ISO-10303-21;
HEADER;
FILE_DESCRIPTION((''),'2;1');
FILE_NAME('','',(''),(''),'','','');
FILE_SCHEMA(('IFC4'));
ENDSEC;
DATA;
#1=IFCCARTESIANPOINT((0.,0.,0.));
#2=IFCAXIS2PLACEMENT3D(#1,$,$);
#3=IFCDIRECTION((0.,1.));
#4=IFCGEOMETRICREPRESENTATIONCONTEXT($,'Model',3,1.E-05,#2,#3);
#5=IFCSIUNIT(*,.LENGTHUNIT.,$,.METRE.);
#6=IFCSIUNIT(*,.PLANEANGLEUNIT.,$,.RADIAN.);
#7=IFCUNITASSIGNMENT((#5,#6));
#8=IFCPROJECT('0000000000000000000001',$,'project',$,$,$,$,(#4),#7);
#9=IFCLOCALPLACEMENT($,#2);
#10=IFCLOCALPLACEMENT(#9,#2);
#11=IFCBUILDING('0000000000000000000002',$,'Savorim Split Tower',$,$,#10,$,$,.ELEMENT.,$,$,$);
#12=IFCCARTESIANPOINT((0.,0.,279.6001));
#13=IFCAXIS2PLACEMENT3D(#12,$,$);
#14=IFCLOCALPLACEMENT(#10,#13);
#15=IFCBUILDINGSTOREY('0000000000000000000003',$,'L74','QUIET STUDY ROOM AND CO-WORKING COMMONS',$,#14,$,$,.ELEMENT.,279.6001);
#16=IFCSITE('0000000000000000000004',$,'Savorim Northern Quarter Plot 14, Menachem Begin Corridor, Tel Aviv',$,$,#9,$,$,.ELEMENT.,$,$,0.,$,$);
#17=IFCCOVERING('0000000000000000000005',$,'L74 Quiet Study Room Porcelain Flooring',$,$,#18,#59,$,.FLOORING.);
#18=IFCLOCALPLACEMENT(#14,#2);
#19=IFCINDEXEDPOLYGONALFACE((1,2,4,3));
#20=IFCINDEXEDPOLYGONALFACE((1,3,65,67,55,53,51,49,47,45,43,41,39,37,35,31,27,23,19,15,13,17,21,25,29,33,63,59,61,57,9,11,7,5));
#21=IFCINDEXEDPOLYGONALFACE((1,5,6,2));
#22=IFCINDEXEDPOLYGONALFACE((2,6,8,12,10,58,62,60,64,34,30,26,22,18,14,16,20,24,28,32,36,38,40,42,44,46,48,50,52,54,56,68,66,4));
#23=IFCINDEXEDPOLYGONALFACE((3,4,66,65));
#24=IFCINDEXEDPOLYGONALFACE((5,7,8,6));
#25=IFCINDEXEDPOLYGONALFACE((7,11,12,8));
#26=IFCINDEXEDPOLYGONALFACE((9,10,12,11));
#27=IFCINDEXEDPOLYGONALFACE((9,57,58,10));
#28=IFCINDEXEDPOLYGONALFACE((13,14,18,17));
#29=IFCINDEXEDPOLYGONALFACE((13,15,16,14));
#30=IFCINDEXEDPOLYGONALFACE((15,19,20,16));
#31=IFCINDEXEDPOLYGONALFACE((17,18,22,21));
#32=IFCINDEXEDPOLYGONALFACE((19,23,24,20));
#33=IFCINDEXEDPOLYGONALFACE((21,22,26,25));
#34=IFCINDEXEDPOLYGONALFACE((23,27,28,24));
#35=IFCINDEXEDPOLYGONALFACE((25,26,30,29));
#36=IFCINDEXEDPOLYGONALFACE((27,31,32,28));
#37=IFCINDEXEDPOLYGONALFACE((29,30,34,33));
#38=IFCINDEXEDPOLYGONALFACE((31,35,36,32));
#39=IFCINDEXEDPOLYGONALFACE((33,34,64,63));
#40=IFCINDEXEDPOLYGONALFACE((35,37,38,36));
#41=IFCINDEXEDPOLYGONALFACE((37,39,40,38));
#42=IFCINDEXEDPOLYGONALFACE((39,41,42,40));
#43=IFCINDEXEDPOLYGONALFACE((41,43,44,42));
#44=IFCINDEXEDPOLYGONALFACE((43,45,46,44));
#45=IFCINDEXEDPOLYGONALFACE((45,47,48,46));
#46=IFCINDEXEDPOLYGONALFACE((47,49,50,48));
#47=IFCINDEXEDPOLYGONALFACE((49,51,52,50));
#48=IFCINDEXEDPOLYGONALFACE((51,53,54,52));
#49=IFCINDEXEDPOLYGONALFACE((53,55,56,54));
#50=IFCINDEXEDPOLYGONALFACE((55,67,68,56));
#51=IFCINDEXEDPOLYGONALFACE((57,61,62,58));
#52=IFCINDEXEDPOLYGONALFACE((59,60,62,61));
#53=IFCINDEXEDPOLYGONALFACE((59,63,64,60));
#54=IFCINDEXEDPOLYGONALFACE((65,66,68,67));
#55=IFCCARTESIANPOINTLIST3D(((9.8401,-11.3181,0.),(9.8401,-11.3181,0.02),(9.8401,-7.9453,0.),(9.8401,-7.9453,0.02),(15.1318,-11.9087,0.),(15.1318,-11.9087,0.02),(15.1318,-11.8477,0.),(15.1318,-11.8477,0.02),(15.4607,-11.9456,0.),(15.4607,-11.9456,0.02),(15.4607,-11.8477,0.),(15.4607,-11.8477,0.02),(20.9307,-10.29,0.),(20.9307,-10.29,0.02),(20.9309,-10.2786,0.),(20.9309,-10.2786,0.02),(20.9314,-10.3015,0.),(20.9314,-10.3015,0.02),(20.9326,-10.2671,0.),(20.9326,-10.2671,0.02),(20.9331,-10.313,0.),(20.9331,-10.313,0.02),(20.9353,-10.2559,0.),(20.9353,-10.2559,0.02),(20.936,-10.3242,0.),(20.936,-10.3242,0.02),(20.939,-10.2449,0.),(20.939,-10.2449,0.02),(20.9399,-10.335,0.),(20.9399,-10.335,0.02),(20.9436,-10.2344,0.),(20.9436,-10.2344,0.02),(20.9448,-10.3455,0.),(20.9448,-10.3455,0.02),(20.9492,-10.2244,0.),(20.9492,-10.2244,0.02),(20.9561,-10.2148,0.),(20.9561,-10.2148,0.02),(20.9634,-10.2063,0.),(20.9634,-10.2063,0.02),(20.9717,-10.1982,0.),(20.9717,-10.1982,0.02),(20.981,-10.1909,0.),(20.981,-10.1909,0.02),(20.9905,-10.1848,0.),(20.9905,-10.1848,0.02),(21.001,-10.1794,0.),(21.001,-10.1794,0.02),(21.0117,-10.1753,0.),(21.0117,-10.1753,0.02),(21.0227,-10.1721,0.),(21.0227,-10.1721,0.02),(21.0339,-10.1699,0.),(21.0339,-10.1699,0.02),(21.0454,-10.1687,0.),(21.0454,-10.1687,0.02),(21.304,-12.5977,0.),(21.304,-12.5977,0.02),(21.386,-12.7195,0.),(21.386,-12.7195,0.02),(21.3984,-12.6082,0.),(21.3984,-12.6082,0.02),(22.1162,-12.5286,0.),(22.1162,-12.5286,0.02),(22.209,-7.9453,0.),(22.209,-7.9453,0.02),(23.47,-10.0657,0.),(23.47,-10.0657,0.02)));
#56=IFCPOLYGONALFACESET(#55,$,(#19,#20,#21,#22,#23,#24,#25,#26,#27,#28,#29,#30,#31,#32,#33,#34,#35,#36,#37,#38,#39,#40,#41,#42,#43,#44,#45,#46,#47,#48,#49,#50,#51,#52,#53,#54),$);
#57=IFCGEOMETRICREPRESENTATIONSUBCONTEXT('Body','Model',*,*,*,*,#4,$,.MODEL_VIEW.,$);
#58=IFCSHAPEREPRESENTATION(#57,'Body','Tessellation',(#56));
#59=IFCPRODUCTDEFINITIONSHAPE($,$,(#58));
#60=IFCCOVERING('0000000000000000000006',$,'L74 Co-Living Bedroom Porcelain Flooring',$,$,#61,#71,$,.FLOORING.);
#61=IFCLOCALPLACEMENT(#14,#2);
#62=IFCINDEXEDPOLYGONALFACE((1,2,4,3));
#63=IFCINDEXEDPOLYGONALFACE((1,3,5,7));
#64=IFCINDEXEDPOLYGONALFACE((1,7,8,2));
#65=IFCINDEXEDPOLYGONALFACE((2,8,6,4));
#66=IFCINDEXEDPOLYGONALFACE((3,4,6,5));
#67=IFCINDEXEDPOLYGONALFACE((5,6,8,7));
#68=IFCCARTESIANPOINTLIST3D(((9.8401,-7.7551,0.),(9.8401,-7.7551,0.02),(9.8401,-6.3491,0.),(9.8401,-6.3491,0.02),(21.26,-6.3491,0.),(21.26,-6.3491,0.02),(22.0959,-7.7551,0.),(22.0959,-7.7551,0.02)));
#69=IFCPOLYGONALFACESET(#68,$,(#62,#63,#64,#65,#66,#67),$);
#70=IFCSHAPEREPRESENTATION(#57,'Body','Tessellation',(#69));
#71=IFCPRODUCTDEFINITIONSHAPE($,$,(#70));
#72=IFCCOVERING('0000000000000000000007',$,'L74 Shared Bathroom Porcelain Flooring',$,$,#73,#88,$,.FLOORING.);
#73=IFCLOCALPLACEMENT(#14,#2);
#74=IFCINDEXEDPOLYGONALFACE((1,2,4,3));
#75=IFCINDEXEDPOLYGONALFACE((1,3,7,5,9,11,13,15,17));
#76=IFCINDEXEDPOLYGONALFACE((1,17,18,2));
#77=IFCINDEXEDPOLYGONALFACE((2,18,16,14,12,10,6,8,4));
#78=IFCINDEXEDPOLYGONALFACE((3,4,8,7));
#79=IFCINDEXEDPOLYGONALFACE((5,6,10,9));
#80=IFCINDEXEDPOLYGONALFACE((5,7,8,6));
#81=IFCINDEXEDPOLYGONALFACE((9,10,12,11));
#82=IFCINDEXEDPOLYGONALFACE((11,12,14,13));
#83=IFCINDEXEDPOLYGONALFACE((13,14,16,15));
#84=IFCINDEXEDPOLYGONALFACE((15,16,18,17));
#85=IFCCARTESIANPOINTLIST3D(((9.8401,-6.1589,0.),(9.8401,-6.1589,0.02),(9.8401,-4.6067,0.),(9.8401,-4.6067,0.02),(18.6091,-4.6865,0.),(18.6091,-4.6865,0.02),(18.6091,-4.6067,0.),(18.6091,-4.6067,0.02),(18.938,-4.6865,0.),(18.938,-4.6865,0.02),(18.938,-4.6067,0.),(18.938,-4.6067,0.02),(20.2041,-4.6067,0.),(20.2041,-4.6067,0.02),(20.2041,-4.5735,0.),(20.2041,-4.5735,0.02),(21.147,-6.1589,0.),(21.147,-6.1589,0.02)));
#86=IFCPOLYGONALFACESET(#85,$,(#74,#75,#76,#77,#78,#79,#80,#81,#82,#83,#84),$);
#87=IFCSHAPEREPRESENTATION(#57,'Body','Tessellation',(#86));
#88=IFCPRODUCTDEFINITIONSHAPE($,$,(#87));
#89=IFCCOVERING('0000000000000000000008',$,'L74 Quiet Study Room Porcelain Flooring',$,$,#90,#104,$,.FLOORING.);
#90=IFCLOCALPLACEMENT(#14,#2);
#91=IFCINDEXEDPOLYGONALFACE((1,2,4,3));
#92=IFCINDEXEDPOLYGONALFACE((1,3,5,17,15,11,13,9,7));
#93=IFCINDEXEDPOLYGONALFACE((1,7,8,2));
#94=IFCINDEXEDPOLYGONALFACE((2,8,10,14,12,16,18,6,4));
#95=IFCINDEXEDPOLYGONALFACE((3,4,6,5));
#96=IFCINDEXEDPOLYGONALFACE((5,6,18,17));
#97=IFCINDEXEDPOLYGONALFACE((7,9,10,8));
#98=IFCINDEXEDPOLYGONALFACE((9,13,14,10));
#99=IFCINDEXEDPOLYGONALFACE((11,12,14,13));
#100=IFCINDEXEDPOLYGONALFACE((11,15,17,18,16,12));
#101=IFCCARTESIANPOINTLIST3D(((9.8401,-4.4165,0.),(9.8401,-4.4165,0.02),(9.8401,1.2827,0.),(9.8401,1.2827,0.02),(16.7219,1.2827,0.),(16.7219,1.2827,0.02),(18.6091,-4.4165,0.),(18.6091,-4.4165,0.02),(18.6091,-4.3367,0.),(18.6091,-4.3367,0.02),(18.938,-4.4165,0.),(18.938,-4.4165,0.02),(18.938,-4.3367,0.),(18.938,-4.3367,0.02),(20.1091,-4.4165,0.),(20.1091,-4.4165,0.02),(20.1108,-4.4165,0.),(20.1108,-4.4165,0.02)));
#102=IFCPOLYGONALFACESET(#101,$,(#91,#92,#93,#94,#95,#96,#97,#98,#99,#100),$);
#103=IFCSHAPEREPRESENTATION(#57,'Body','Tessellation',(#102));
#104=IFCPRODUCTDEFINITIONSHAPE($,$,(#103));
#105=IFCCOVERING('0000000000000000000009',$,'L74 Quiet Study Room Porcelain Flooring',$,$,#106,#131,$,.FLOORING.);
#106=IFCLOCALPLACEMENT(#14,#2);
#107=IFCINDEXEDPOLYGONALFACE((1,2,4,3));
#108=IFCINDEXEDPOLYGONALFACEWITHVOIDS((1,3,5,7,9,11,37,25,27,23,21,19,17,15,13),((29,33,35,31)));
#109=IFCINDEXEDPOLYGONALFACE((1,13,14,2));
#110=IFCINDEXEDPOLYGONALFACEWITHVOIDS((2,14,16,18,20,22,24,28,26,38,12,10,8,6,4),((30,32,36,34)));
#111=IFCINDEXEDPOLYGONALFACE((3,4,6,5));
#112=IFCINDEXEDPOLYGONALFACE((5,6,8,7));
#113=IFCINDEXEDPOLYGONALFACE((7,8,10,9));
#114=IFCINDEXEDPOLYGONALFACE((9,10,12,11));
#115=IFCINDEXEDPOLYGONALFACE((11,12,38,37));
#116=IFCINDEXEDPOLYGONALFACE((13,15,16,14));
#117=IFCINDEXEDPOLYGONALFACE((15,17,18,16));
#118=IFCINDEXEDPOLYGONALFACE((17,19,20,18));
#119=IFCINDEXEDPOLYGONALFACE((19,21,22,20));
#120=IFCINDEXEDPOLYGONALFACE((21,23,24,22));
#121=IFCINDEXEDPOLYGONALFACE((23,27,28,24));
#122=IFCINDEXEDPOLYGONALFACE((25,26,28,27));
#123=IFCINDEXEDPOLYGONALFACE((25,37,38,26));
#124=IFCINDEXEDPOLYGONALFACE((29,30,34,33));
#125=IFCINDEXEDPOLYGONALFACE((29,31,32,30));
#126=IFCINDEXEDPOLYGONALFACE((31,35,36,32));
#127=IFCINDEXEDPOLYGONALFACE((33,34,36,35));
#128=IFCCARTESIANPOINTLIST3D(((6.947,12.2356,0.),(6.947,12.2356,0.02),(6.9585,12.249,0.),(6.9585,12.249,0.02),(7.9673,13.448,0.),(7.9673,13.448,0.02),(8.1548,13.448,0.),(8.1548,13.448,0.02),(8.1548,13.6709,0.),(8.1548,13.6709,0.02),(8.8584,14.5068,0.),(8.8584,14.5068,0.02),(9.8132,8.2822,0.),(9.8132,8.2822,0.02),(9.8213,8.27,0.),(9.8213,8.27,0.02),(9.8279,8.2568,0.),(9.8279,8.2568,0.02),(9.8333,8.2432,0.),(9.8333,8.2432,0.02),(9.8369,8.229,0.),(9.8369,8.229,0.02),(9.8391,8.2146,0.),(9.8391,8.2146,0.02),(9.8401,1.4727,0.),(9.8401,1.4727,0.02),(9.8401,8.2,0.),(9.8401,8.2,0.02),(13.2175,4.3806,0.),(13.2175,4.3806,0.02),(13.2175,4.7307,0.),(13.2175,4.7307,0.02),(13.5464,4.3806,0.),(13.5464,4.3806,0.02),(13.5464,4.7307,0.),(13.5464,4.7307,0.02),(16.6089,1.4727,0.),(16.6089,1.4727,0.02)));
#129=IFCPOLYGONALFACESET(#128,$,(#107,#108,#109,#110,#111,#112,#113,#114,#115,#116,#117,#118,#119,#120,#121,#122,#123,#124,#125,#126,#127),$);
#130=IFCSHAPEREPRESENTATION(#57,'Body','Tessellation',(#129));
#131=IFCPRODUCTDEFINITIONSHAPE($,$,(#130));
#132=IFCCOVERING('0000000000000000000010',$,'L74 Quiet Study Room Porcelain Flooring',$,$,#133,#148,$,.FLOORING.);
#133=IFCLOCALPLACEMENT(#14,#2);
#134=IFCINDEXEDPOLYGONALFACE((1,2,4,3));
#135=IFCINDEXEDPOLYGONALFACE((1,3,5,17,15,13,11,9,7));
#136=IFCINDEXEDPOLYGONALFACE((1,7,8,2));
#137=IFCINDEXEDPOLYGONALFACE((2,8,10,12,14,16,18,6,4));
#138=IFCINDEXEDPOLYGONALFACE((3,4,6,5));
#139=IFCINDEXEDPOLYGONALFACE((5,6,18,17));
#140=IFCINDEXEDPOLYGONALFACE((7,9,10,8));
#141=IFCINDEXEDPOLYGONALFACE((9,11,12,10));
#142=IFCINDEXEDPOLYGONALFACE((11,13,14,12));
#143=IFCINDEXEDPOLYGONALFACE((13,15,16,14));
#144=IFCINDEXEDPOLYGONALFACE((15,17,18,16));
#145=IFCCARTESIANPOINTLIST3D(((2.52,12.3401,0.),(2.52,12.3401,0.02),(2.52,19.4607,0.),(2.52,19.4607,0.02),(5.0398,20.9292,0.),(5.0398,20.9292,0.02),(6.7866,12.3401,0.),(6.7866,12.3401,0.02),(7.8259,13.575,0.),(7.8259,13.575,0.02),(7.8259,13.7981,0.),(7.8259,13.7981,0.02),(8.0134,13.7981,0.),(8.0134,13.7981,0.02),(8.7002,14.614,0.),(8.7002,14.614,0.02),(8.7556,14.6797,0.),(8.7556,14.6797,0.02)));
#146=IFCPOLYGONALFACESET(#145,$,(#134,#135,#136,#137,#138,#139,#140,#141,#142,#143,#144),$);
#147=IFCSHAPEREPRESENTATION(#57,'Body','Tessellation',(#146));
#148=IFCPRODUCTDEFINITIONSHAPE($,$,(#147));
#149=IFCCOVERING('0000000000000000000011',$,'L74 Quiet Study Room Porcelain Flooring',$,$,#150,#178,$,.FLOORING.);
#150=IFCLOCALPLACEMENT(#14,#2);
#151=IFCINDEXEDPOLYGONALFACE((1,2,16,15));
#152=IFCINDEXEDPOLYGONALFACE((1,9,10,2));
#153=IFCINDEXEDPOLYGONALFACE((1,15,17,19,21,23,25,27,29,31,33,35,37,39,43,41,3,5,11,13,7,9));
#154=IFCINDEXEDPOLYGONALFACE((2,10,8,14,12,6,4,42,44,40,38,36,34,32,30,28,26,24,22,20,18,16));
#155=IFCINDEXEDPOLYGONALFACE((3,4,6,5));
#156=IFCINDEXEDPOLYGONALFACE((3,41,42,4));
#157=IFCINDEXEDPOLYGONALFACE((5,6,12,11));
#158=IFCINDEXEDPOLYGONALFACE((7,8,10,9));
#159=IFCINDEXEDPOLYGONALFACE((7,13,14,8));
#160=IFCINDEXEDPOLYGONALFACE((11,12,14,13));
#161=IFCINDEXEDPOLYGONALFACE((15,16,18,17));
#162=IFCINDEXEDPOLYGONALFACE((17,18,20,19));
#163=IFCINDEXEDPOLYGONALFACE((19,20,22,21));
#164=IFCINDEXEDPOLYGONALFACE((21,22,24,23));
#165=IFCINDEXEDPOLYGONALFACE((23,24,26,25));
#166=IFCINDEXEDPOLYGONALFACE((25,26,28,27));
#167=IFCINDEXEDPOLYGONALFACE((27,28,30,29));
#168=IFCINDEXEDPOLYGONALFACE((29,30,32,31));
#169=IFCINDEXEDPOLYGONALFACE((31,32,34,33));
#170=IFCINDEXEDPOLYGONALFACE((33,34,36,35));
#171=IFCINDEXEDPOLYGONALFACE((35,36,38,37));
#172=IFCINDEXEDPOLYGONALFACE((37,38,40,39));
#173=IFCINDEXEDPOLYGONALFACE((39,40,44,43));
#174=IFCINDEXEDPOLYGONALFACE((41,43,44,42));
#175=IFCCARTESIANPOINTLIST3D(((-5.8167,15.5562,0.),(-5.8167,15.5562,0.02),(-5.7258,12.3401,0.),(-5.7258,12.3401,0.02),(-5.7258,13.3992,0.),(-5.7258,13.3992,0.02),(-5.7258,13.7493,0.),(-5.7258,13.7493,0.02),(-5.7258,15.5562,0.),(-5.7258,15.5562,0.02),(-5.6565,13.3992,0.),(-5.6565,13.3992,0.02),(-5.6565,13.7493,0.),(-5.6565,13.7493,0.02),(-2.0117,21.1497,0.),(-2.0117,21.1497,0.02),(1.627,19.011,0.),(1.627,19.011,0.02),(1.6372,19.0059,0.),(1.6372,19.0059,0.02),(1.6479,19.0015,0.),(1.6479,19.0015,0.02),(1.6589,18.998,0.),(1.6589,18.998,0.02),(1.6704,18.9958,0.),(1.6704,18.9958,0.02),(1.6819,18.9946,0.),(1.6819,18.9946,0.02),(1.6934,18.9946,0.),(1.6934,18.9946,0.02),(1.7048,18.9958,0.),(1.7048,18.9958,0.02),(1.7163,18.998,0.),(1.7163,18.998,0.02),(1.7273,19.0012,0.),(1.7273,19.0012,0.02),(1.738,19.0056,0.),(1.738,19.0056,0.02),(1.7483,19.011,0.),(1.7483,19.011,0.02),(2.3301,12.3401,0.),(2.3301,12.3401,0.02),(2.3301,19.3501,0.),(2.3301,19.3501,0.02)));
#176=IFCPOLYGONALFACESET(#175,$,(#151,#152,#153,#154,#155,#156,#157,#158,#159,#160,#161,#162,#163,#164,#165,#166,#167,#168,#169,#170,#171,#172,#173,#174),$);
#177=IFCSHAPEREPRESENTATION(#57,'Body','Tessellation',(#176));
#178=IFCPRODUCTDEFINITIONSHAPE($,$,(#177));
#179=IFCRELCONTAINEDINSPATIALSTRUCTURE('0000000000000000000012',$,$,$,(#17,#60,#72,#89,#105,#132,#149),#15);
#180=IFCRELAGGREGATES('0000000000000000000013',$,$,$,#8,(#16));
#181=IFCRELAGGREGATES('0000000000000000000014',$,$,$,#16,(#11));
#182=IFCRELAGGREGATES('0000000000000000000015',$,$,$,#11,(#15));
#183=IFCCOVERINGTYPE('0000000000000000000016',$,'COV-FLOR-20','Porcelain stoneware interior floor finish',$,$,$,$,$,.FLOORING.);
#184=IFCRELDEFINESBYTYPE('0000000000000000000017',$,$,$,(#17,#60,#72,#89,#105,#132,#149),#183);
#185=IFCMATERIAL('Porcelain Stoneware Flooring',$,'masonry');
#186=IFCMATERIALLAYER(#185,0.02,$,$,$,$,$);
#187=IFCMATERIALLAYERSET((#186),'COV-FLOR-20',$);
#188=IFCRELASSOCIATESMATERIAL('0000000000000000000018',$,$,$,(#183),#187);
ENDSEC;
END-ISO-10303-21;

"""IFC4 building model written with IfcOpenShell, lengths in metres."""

from ifc_helpers import new_model, si_unit, direction, frame, origin, place, context, subcontext, project, spatial, polyline, outline, extrude, material, layer, layer_set, type_object, element, save


model = new_model("IFC4")

# Units and contexts
model_context = context("Model", 3, precision=1e-05, world=origin(), true_north=direction((0.0, 1.0)))
body_context = subcontext(model_context, "Body", "Model", "MODEL_VIEW")
ifc_project = project(units=[si_unit("LENGTHUNIT", "METRE"), si_unit("PLANEANGLEUNIT", "RADIAN")], contexts=[model_context])

# Site, building, storey
site_placement = place(None, origin())
site = spatial("IfcSite", under=ifc_project, at=site_placement, Name="Savorim Northern Quarter Plot 14, Menachem Begin Corridor, Tel Aviv", CompositionType="ELEMENT", RefElevation=0.0)
building_placement = place(site_placement, origin())
building = spatial("IfcBuilding", under=site, at=building_placement, Name="Savorim Split Tower", CompositionType="ELEMENT")
storey_placement = place(building_placement, frame((0.0, 0.0, 279.6001)))
storey = spatial("IfcBuildingStorey", under=building, at=storey_placement, Name="L74", Description="QUIET STUDY ROOM AND CO-WORKING COMMONS", CompositionType="ELEMENT", Elevation=279.6001)

# Coverings
ifc_material_1 = material(Name="Porcelain Stoneware Flooring", Category="masonry")
ifc_layer_1 = layer(ifc_material_1, 0.02)
ifc_layer_set_1 = layer_set([ifc_layer_1], Name="COV-FLOR-20")
covering_type_1 = type_object("IfcCoveringType", Name="COV-FLOR-20", Description="Porcelain stoneware interior floor finish", PredefinedType="FLOORING", material=ifc_layer_set_1)
covering_1_placement = place(storey_placement, origin())
element("IfcCovering", 1, at=covering_1_placement, inside=storey, type_object=covering_type_1, Name="L74 Quiet Study Room Porcelain Flooring", PredefinedType="FLOORING", context=body_context, shape_type="SweptSolid", body=[
    extrude(outline(polyline([(21.0227, -10.1721), (21.0339, -10.1699), (21.0454, -10.1687), (23.47, -10.0657), (22.209, -7.9453), (9.8401, -7.9453), (9.8401, -11.3181), (15.1318, -11.9087), (15.1318, -11.8477), (15.4607, -11.8477), (15.4607, -11.9456), (21.304, -12.5977), (21.3984, -12.6082), (21.386, -12.7195), (22.1162, -12.5286), (20.9448, -10.3455), (20.9399, -10.335), (20.936, -10.3242), (20.9331, -10.313), (20.9314, -10.3015), (20.9307, -10.29), (20.9309, -10.2786), (20.9326, -10.2671), (20.9353, -10.2559), (20.939, -10.2449), (20.9436, -10.2344), (20.9492, -10.2244), (20.9561, -10.2148), (20.9634, -10.2063), (20.9717, -10.1982), (20.981, -10.1909), (20.9905, -10.1848), (21.001, -10.1794), (21.0117, -10.1753), (21.0227, -10.1721)])), origin(), (0.0, 0.0, 1.0), 0.02),
])
covering_2_placement = place(storey_placement, origin())
element("IfcCovering", 2, at=covering_2_placement, inside=storey, type_object=covering_type_1, Name="L74 Co-Living Bedroom Porcelain Flooring", PredefinedType="FLOORING", context=body_context, shape_type="SweptSolid", body=[
    extrude(outline(polyline([(22.0959, -7.7551), (21.26, -6.3491), (9.8401, -6.3491), (9.8401, -7.7551), (22.0959, -7.7551)])), origin(), (0.0, 0.0, 1.0), 0.02),
])
covering_3_placement = place(storey_placement, origin())
element("IfcCovering", 3, at=covering_3_placement, inside=storey, type_object=covering_type_1, Name="L74 Shared Bathroom Porcelain Flooring", PredefinedType="FLOORING", context=body_context, shape_type="SweptSolid", body=[
    extrude(outline(polyline([(18.6091, -4.6865), (18.6091, -4.6067), (9.8401, -4.6067), (9.8401, -6.1589), (21.147, -6.1589), (20.2041, -4.5735), (20.2041, -4.6067), (18.938, -4.6067), (18.938, -4.6865), (18.6091, -4.6865)])), origin(), (0.0, 0.0, 1.0), 0.02),
])
covering_4_placement = place(storey_placement, origin())
element("IfcCovering", 4, at=covering_4_placement, inside=storey, type_object=covering_type_1, Name="L74 Quiet Study Room Porcelain Flooring", PredefinedType="FLOORING", context=body_context, shape_type="SweptSolid", body=[
    extrude(outline(polyline([(18.938, -4.3367), (18.938, -4.4165), (20.1091, -4.4165), (20.1108, -4.4165), (16.7219, 1.2827), (9.8401, 1.2827), (9.8401, -4.4165), (18.6091, -4.4165), (18.6091, -4.3367), (18.938, -4.3367)])), origin(), (0.0, 0.0, 1.0), 0.02),
])
covering_5_placement = place(storey_placement, origin())
element("IfcCovering", 5, at=covering_5_placement, inside=storey, type_object=covering_type_1, Name="L74 Quiet Study Room Porcelain Flooring", PredefinedType="FLOORING", context=body_context, shape_type="SweptSolid", body=[
    extrude(outline(polyline([(9.8369, 8.229), (9.8391, 8.2146), (9.8401, 8.2), (9.8401, 1.4727), (16.6089, 1.4727), (8.8584, 14.5068), (8.1548, 13.6709), (8.1548, 13.448), (7.9673, 13.448), (6.9585, 12.249), (6.947, 12.2356), (9.8132, 8.2822), (9.8213, 8.27), (9.8279, 8.2568), (9.8333, 8.2432), (9.8369, 8.229)]), holes=[polyline([(13.5464, 4.3806), (13.5464, 4.7307), (13.2175, 4.7307), (13.2175, 4.3806), (13.5464, 4.3806)])]), origin(), (0.0, 0.0, 1.0), 0.02),
])
covering_6_placement = place(storey_placement, origin())
element("IfcCovering", 6, at=covering_6_placement, inside=storey, type_object=covering_type_1, Name="L74 Quiet Study Room Porcelain Flooring", PredefinedType="FLOORING", context=body_context, shape_type="SweptSolid", body=[
    extrude(outline(polyline([(8.7002, 14.614), (8.7556, 14.6797), (5.0398, 20.9292), (2.52, 19.4607), (2.52, 12.3401), (6.7866, 12.3401), (7.8259, 13.575), (7.8259, 13.7981), (8.0134, 13.7981), (8.7002, 14.614)])), origin(), (0.0, 0.0, 1.0), 0.02),
])
covering_7_placement = place(storey_placement, origin())
element("IfcCovering", 7, at=covering_7_placement, inside=storey, type_object=covering_type_1, Name="L74 Quiet Study Room Porcelain Flooring", PredefinedType="FLOORING", context=body_context, shape_type="SweptSolid", body=[
    extrude(outline(polyline([(1.6479, 19.0015), (1.6372, 19.0059), (1.627, 19.011), (-2.0117, 21.1497), (-5.8167, 15.5562), (-5.7258, 15.5562), (-5.7258, 13.7493), (-5.6565, 13.7493), (-5.6565, 13.3992), (-5.7258, 13.3992), (-5.7258, 12.3401), (2.3301, 12.3401), (2.3301, 19.3501), (1.7483, 19.011), (1.738, 19.0056), (1.7273, 19.0012), (1.7163, 18.998), (1.7048, 18.9958), (1.6934, 18.9946), (1.6819, 18.9946), (1.6704, 18.9958), (1.6589, 18.998), (1.6479, 19.0015)])), origin(), (0.0, 0.0, 1.0), 0.02),
])

save(model, "model.ifc")
